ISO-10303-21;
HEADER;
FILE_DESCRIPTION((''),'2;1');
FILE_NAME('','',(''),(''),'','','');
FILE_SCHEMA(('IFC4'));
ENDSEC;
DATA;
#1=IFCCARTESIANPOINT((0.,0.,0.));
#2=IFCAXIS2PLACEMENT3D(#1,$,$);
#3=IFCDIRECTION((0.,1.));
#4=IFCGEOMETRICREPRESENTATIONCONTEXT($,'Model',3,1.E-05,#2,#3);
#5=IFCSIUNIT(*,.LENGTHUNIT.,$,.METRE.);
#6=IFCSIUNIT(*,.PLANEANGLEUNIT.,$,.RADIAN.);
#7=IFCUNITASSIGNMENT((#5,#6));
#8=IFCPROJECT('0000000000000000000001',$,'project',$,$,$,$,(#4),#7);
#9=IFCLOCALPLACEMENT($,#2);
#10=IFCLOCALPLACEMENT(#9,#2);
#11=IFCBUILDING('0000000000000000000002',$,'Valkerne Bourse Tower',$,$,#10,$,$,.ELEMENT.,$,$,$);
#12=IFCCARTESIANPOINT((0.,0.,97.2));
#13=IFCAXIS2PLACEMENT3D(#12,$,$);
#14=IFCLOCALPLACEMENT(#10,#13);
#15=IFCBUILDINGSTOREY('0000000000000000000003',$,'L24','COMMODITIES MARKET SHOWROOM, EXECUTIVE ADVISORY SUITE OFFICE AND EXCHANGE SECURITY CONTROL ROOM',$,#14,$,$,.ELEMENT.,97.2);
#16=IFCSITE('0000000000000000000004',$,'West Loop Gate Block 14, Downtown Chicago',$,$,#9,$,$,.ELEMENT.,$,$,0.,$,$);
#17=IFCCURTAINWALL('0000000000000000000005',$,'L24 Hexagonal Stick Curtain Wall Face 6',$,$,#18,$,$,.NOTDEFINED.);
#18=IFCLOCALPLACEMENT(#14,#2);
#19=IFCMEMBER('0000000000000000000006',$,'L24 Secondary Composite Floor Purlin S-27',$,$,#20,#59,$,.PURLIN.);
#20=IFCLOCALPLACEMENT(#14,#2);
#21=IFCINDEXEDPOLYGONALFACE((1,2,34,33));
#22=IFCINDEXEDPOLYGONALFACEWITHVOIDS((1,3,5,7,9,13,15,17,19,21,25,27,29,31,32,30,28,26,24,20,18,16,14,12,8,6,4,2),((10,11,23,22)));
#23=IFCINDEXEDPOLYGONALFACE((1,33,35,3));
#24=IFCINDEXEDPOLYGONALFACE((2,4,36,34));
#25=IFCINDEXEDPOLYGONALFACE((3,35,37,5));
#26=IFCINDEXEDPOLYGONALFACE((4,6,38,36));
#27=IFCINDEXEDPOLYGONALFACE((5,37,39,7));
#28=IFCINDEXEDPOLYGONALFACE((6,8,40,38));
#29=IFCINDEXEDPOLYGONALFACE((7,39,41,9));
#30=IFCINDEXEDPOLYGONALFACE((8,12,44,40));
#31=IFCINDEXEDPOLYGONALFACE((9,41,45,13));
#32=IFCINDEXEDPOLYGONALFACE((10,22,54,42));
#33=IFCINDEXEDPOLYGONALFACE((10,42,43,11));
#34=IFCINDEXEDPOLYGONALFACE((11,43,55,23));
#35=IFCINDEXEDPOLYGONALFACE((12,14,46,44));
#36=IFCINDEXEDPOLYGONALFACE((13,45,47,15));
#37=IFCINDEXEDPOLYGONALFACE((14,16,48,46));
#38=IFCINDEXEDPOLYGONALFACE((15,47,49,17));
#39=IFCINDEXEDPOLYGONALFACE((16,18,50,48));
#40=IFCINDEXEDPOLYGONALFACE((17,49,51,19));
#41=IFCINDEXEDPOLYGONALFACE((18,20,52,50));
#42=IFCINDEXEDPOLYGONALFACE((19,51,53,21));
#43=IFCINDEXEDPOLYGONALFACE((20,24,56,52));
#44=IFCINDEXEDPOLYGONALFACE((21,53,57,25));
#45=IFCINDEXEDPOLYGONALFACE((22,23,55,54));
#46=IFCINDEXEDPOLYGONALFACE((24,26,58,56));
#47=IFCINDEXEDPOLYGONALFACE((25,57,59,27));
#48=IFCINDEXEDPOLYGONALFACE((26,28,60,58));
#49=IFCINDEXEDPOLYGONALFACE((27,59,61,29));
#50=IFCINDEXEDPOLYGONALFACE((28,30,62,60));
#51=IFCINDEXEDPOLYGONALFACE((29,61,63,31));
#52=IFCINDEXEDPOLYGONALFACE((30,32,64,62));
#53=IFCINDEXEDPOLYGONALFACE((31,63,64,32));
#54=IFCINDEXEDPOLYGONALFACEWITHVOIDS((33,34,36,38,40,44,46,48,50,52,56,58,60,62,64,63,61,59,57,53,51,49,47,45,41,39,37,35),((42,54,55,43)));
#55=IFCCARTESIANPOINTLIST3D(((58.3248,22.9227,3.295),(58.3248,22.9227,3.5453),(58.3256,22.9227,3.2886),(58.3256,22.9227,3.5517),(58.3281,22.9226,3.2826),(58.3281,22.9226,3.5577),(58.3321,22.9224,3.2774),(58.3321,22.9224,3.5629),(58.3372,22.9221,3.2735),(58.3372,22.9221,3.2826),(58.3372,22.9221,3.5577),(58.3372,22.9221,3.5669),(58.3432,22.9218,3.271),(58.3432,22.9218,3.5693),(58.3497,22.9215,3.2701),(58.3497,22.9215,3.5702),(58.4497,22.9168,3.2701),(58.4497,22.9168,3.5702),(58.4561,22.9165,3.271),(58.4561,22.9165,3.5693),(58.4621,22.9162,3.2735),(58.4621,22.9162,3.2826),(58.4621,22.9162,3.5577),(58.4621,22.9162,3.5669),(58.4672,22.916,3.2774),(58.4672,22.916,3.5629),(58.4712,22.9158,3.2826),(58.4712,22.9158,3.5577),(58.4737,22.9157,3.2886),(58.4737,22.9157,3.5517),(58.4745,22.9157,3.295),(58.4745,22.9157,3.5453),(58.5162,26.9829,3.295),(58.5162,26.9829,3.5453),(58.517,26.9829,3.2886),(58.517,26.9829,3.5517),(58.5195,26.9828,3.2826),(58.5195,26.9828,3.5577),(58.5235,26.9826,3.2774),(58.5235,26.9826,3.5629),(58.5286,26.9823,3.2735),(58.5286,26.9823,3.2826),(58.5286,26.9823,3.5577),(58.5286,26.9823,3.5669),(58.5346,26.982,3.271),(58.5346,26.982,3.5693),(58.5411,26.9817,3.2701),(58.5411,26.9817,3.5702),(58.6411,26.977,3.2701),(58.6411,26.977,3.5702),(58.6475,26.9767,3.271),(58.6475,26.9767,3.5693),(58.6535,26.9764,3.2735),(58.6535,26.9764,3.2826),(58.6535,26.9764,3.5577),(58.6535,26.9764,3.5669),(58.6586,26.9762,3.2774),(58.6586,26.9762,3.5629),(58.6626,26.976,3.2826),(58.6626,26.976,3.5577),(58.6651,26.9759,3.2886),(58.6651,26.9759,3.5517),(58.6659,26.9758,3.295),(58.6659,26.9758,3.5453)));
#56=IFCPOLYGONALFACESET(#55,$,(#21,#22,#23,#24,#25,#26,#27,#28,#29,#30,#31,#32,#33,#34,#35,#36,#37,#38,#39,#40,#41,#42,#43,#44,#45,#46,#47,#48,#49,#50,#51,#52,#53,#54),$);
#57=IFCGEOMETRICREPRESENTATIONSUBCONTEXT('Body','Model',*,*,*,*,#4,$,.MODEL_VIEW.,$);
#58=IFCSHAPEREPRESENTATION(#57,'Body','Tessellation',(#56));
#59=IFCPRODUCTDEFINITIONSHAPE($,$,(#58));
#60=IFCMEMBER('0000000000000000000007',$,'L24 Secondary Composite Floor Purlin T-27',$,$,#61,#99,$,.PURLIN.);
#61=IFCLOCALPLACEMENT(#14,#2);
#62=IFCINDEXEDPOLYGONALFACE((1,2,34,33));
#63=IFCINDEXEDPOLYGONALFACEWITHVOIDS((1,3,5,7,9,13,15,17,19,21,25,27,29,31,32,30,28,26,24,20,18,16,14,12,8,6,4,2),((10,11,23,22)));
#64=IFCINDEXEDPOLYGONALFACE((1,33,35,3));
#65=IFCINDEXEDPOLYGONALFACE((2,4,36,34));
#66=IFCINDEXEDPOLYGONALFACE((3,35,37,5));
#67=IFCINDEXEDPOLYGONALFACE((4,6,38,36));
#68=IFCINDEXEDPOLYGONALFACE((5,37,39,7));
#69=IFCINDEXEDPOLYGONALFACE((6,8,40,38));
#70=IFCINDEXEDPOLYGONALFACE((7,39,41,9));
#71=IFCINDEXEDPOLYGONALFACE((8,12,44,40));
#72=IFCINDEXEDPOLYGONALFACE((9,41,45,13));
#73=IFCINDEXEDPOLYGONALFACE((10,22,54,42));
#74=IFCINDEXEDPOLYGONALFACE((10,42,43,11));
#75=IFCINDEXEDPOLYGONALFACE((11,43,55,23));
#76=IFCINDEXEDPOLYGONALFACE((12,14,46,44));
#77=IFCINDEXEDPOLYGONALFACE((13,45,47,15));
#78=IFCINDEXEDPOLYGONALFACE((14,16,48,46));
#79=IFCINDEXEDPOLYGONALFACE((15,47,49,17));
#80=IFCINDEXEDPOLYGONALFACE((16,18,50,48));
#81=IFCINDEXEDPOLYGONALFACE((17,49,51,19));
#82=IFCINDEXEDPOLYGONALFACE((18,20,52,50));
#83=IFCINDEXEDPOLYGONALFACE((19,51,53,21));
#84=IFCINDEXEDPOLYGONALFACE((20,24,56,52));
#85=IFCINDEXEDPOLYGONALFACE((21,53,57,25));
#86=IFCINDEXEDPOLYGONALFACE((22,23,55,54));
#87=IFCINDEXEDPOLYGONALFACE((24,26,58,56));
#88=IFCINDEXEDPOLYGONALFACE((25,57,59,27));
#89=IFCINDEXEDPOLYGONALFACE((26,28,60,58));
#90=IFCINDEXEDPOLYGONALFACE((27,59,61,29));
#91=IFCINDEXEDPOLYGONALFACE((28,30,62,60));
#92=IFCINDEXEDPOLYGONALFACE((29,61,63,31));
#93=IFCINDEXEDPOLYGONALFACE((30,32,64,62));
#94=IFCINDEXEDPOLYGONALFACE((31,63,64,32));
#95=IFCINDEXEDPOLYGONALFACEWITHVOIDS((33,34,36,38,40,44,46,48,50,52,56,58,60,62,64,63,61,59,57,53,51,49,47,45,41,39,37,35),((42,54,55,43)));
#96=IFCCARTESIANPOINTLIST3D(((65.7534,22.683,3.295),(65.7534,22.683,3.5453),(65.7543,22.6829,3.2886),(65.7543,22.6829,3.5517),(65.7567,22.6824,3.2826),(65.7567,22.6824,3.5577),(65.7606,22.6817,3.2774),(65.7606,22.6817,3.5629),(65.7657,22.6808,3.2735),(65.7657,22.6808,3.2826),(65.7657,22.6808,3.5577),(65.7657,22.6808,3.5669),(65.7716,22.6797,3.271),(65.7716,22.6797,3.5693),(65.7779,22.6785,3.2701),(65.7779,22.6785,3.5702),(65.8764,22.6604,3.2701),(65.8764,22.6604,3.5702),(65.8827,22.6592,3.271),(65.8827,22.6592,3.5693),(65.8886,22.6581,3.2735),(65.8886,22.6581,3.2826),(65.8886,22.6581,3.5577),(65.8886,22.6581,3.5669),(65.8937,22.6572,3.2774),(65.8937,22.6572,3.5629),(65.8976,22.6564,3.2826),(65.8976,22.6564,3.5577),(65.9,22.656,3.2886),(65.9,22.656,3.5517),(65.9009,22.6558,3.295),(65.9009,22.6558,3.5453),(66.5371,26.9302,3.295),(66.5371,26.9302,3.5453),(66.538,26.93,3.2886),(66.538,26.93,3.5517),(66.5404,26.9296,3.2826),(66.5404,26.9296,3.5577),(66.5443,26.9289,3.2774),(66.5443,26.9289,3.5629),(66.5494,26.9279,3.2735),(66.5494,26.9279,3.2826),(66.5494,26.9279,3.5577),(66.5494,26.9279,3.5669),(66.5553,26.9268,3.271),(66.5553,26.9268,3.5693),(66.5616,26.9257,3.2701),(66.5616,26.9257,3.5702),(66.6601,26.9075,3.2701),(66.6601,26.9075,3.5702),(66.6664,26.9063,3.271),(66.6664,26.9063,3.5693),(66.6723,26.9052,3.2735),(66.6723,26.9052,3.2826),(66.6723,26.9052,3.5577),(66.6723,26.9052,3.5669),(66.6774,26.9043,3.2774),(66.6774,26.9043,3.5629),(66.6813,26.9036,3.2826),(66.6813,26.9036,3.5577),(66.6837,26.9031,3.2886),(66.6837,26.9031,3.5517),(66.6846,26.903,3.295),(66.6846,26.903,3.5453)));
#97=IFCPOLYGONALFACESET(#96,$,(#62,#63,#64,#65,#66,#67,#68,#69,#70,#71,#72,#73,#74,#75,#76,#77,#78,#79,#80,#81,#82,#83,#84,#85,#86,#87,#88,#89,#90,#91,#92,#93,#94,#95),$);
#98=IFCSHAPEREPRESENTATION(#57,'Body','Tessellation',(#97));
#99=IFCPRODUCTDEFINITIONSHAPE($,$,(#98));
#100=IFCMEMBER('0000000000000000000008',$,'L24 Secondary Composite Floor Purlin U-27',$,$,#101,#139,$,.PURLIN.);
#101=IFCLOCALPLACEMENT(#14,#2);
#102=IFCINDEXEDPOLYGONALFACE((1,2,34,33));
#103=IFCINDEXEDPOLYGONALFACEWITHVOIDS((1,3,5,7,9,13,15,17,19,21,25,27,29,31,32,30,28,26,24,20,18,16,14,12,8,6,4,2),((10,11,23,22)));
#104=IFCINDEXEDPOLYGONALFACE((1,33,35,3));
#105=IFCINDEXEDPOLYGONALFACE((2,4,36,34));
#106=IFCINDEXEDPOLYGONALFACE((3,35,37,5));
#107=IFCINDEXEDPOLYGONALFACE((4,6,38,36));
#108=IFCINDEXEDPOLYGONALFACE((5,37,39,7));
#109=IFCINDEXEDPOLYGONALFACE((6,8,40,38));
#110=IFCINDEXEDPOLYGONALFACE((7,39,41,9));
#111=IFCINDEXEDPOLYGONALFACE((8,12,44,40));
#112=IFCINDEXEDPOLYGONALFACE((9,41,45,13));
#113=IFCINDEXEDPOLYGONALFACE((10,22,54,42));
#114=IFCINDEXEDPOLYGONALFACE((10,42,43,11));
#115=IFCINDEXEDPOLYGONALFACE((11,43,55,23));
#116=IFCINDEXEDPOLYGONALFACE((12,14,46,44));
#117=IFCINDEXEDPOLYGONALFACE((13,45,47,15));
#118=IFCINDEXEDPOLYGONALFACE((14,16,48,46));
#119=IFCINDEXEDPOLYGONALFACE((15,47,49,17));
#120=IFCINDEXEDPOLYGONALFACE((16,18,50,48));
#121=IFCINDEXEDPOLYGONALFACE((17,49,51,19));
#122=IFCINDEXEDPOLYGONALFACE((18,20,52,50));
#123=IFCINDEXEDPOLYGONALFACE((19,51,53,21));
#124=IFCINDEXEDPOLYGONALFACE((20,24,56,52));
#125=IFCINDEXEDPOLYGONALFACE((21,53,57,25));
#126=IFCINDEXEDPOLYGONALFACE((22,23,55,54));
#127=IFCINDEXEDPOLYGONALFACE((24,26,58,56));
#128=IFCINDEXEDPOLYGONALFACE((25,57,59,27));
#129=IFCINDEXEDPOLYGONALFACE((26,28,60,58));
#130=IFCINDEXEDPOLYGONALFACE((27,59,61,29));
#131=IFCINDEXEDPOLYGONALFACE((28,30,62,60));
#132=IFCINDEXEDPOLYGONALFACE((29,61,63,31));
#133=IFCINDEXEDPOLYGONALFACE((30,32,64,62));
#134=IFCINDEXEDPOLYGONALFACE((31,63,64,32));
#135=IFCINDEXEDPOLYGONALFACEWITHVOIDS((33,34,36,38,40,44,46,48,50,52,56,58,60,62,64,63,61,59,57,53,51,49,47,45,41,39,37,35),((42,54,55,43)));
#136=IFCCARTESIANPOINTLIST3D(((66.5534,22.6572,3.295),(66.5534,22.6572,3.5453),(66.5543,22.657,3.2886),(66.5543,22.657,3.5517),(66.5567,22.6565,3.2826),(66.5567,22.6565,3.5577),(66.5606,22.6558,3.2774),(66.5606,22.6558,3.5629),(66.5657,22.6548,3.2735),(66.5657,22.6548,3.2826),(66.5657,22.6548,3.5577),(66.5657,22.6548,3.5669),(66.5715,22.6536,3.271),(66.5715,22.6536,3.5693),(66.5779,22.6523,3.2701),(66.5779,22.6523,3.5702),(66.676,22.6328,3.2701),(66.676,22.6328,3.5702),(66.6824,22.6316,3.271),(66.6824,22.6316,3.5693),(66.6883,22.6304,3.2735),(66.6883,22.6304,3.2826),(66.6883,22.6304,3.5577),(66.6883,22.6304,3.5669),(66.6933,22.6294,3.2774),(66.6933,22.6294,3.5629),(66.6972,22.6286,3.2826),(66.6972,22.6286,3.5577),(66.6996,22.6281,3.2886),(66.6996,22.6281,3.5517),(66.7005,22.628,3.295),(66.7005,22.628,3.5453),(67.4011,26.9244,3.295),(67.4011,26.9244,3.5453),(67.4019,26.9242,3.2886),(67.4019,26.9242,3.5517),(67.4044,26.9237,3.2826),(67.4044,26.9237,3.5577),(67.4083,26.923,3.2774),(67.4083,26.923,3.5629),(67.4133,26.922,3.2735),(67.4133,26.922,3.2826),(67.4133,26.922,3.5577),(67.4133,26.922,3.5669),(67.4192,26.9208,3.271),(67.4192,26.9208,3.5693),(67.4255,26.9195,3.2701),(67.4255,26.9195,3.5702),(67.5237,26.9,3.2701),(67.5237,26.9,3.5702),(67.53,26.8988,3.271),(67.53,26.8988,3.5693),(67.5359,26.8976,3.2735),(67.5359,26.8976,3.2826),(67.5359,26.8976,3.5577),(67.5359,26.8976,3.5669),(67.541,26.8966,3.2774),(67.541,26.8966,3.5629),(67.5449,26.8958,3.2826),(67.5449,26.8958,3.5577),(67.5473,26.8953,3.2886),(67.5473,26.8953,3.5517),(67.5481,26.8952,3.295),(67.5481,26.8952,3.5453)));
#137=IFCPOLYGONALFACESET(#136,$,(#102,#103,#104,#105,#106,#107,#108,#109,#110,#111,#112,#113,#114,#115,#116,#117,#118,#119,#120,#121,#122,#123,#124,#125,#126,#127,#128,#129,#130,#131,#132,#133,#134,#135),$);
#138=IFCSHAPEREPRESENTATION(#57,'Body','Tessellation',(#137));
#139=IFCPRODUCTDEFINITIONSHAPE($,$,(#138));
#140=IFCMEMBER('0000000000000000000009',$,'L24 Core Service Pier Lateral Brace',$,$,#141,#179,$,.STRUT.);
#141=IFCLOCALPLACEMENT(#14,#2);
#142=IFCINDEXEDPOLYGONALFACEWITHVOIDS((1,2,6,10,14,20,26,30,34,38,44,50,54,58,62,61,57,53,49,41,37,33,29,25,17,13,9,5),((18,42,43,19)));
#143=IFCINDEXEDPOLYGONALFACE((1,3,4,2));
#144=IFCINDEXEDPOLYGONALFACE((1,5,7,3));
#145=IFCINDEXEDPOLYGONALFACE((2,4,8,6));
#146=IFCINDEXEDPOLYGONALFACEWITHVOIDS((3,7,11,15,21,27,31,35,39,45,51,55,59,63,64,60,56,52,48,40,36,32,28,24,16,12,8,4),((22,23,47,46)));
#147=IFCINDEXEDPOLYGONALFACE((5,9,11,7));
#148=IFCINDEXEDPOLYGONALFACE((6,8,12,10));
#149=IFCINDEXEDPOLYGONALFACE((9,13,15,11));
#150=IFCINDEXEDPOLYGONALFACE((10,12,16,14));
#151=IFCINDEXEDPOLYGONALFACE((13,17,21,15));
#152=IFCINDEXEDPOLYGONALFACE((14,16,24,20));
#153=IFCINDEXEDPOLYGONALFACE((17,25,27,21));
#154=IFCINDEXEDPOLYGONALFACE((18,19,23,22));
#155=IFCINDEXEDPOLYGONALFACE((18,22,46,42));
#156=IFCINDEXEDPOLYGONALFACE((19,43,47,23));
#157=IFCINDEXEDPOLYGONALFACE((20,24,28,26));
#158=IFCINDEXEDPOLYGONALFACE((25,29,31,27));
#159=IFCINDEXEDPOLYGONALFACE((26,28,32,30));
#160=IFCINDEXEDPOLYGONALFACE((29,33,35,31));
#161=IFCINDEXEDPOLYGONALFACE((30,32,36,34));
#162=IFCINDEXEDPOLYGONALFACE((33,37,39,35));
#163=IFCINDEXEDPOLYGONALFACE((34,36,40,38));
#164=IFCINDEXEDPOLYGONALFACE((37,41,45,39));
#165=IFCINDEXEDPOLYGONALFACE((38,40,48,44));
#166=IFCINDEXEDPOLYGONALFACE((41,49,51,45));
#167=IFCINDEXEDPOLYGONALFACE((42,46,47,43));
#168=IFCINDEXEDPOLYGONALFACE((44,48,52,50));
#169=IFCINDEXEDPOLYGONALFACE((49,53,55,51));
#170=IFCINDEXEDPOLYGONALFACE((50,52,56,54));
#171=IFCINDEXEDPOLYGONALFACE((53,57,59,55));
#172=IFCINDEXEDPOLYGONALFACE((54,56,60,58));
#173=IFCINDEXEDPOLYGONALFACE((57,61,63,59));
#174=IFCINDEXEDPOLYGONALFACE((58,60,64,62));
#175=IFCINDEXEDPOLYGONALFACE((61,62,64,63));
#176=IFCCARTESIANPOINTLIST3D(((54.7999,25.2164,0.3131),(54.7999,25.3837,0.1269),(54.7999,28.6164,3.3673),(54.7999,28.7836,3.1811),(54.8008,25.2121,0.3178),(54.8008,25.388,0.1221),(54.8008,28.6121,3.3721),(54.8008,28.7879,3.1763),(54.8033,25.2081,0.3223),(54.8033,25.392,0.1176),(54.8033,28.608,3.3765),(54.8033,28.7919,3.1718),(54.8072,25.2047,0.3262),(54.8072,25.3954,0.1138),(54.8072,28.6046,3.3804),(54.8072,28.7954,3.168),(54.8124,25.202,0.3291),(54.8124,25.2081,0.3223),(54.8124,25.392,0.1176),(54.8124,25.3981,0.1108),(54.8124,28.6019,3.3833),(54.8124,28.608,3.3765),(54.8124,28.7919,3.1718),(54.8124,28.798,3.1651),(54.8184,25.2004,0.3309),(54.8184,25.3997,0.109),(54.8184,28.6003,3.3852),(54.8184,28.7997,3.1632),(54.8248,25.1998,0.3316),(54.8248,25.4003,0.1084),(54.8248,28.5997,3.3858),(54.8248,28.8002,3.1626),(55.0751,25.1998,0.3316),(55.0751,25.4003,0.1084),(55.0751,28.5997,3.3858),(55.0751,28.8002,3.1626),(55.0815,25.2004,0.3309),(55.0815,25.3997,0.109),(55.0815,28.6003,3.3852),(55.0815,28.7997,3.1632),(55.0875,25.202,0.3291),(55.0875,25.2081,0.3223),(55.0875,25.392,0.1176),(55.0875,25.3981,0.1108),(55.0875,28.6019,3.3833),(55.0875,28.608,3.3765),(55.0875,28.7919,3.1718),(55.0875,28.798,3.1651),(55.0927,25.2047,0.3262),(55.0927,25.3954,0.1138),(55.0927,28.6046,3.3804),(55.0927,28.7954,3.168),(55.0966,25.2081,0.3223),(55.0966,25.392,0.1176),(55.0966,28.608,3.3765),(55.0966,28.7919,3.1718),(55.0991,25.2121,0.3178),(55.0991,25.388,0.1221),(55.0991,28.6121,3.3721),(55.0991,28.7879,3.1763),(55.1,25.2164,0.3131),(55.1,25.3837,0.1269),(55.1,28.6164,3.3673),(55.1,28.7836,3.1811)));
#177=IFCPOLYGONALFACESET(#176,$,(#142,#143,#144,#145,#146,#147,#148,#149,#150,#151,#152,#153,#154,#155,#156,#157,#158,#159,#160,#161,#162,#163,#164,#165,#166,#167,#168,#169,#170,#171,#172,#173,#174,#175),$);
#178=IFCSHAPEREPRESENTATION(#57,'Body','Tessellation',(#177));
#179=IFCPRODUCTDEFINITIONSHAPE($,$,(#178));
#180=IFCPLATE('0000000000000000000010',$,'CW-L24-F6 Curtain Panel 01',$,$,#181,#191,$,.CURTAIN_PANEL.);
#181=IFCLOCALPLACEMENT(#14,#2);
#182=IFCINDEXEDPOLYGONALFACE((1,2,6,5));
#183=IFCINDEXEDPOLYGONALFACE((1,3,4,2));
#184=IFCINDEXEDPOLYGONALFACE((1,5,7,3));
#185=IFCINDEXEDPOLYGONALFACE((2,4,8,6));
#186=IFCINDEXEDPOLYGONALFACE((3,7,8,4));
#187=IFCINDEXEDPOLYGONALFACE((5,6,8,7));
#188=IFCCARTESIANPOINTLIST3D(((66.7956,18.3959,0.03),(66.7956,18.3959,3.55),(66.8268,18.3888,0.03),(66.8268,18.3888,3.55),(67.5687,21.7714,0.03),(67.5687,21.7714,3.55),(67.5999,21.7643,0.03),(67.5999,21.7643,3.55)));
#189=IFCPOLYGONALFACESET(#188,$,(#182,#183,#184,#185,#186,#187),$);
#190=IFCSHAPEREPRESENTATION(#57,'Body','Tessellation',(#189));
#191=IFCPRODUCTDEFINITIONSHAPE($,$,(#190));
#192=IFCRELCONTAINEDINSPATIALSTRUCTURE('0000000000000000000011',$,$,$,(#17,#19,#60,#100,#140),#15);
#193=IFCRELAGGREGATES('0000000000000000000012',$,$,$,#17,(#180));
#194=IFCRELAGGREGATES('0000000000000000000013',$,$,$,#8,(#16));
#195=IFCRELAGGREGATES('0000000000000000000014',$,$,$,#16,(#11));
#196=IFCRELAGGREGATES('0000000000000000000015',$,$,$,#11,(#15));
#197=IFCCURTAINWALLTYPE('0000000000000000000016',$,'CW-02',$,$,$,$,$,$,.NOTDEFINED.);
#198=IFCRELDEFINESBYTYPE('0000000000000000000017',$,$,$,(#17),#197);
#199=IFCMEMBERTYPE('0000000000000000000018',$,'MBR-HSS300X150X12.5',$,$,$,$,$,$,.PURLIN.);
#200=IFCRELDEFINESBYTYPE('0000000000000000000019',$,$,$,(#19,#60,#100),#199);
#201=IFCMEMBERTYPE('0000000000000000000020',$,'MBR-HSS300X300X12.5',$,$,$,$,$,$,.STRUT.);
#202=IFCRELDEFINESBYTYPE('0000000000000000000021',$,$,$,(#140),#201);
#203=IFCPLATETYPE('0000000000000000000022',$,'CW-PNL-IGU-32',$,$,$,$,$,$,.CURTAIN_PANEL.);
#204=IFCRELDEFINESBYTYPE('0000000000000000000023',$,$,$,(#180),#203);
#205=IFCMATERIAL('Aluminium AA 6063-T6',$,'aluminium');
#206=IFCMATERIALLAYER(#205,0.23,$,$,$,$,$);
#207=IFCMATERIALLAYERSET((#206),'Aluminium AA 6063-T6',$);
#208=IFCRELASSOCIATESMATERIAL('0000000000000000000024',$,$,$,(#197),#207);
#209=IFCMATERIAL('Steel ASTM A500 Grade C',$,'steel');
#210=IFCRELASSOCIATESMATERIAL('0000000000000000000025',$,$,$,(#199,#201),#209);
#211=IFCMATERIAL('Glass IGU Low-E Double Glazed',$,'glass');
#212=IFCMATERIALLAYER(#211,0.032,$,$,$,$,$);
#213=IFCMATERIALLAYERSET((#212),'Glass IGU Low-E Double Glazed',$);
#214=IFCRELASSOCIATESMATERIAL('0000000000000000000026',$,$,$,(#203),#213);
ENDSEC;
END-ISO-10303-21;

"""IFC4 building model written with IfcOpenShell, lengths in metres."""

from ifc_helpers import new_model, si_unit, direction, frame, origin, origin_2d, place, context, subcontext, project, spatial, rectangle, hollow_rectangle, extrude, material, layer, layer_set, material_profile, profile_set, type_object, element, aggregate, save


model = new_model("IFC4")

# Units and contexts
model_context = context("Model", 3, precision=1e-05, world=origin(), true_north=direction((0.0, 1.0)))
body_context = subcontext(model_context, "Body", "Model", "MODEL_VIEW")
ifc_project = project(units=[si_unit("LENGTHUNIT", "METRE"), si_unit("PLANEANGLEUNIT", "RADIAN")], contexts=[model_context])

# Site, building, storey
site_placement = place(None, origin())
site = spatial("IfcSite", under=ifc_project, at=site_placement, Name="West Loop Gate Block 14, Downtown Chicago", CompositionType="ELEMENT", RefElevation=0.0)
building_placement = place(site_placement, origin())
building = spatial("IfcBuilding", under=site, at=building_placement, Name="Valkerne Bourse Tower", CompositionType="ELEMENT")
storey_placement = place(building_placement, frame((0.0, 0.0, 97.2)))
storey = spatial("IfcBuildingStorey", under=building, at=storey_placement, Name="L24", Description="COMMODITIES MARKET SHOWROOM, EXECUTIVE ADVISORY SUITE OFFICE AND EXCHANGE SECURITY CONTROL ROOM", CompositionType="ELEMENT", Elevation=97.2)

# Curtain wall
ifc_material_1 = material(Name="Aluminium AA 6063-T6", Category="aluminium")
ifc_layer_1 = layer(ifc_material_1, 0.23)
ifc_layer_set_1 = layer_set([ifc_layer_1], Name="Aluminium AA 6063-T6")
curtain_wall_type = type_object("IfcCurtainWallType", Name="CW-02", PredefinedType="NOTDEFINED", material=ifc_layer_set_1)
curtain_wall_placement = place(storey_placement, origin())
curtain_wall = element("IfcCurtainWall", 1, at=curtain_wall_placement, inside=storey, type_object=curtain_wall_type, Name="L24 Hexagonal Stick Curtain Wall Face 6", PredefinedType="NOTDEFINED")

# Members
ifc_material_2 = material(Name="Steel ASTM A500 Grade C", Category="steel")
ifc_material_profile_1 = material_profile(ifc_material_2, hollow_rectangle(XDim=0.1499, YDim=0.3, WallThickness=0.0125, OuterFilletRadius=0.0249, at=origin_2d()), Name="HSS300X150X12.5")
ifc_profile_set_1 = profile_set([ifc_material_profile_1], Name="Steel ASTM A500 Grade C")
member_type_1 = type_object("IfcMemberType", Name="MBR-HSS300X150X12.5", PredefinedType="PURLIN", material=ifc_profile_set_1)
member_1_placement = place(storey_placement, frame((58.3997, 22.9192, 3.4202), z_axis=(0.047089, 0.998891, 0.0), x_axis=(-0.998891, 0.047089, 0.0)))
element("IfcMember", 2, at=member_1_placement, inside=storey, type_object=member_type_1, Name="L24 Secondary Composite Floor Purlin S-27", PredefinedType="PURLIN", context=body_context, shape_type="SweptSolid", body=[
    extrude(hollow_rectangle(XDim=0.1499, YDim=0.3, WallThickness=0.0125, OuterFilletRadius=0.0249, at=origin_2d()), origin(), (0.0, 0.0, 1.0), 4.0647),
])
member_2_placement = place(storey_placement, frame((65.8271, 22.6694, 3.4202), z_axis=(0.181462, 0.983398, 0.0), x_axis=(-0.983398, 0.181462, 0.0)))
element("IfcMember", 3, at=member_2_placement, inside=storey, type_object=member_type_1, Name="L24 Secondary Composite Floor Purlin T-27", PredefinedType="PURLIN", context=body_context, shape_type="SweptSolid", body=[
    extrude(hollow_rectangle(XDim=0.1499, YDim=0.3, WallThickness=0.0125, OuterFilletRadius=0.0249, at=origin_2d()), origin(), (0.0, 0.0, 1.0), 4.3188),
])
member_3_placement = place(storey_placement, frame((66.627, 22.6426, 3.4202), z_axis=(0.194843, 0.980835, 0.0), x_axis=(-0.980835, 0.194843, 0.0)))
element("IfcMember", 4, at=member_3_placement, inside=storey, type_object=member_type_1, Name="L24 Secondary Composite Floor Purlin U-27", PredefinedType="PURLIN", context=body_context, shape_type="SweptSolid", body=[
    extrude(hollow_rectangle(XDim=0.1499, YDim=0.3, WallThickness=0.0125, OuterFilletRadius=0.0249, at=origin_2d()), origin(), (0.0, 0.0, 1.0), 4.3506),
])
ifc_material_profile_2 = material_profile(ifc_material_2, hollow_rectangle(XDim=0.3, YDim=0.3, WallThickness=0.0125, OuterFilletRadius=0.0249, at=origin_2d()), Name="HSS300X300X12.5")
ifc_profile_set_2 = profile_set([ifc_material_profile_2], Name="Steel ASTM A500 Grade C")
member_type_2 = type_object("IfcMemberType", Name="MBR-HSS300X300X12.5", PredefinedType="STRUT", material=ifc_profile_set_2)
member_4_placement = place(storey_placement, frame((54.95, 25.3, 0.22), z_axis=(0.0, 0.743915, 0.668274), x_axis=(-1.0, 0.0, 0.0)))
element("IfcMember", 5, at=member_4_placement, inside=storey, type_object=member_type_2, Name="L24 Core Service Pier Lateral Brace", PredefinedType="STRUT", context=body_context, shape_type="SweptSolid", body=[
    extrude(hollow_rectangle(XDim=0.3, YDim=0.3, WallThickness=0.0125, OuterFilletRadius=0.0249, at=origin_2d()), origin(), (0.0, 0.0, 1.0), 4.5703),
])

# Plate
ifc_material_3 = material(Name="Glass IGU Low-E Double Glazed", Category="glass")
ifc_layer_2 = layer(ifc_material_3, 0.032)
ifc_layer_set_2 = layer_set([ifc_layer_2], Name="Glass IGU Low-E Double Glazed")
plate_type_1 = type_object("IfcPlateType", Name="CW-PNL-IGU-32", PredefinedType="CURTAIN_PANEL", material=ifc_layer_set_2)
plate_1_placement = place(storey_placement, frame((67.1978, 20.0801, 0.03), z_axis=(0.0, 0.0, 1.0), x_axis=(0.223248, 0.974762, 0.0)))
plate_1 = element("IfcPlate", 6, at=plate_1_placement, type_object=plate_type_1, Name="CW-L24-F6 Curtain Panel 01", PredefinedType="CURTAIN_PANEL", context=body_context, shape_type="SweptSolid", body=[
    extrude(rectangle(XDim=3.4629, YDim=0.032, at=origin_2d()), origin(), (0.0, 0.0, 1.0), 3.52),
])
aggregate(curtain_wall, [plate_1])

save(model, "model.ifc")
